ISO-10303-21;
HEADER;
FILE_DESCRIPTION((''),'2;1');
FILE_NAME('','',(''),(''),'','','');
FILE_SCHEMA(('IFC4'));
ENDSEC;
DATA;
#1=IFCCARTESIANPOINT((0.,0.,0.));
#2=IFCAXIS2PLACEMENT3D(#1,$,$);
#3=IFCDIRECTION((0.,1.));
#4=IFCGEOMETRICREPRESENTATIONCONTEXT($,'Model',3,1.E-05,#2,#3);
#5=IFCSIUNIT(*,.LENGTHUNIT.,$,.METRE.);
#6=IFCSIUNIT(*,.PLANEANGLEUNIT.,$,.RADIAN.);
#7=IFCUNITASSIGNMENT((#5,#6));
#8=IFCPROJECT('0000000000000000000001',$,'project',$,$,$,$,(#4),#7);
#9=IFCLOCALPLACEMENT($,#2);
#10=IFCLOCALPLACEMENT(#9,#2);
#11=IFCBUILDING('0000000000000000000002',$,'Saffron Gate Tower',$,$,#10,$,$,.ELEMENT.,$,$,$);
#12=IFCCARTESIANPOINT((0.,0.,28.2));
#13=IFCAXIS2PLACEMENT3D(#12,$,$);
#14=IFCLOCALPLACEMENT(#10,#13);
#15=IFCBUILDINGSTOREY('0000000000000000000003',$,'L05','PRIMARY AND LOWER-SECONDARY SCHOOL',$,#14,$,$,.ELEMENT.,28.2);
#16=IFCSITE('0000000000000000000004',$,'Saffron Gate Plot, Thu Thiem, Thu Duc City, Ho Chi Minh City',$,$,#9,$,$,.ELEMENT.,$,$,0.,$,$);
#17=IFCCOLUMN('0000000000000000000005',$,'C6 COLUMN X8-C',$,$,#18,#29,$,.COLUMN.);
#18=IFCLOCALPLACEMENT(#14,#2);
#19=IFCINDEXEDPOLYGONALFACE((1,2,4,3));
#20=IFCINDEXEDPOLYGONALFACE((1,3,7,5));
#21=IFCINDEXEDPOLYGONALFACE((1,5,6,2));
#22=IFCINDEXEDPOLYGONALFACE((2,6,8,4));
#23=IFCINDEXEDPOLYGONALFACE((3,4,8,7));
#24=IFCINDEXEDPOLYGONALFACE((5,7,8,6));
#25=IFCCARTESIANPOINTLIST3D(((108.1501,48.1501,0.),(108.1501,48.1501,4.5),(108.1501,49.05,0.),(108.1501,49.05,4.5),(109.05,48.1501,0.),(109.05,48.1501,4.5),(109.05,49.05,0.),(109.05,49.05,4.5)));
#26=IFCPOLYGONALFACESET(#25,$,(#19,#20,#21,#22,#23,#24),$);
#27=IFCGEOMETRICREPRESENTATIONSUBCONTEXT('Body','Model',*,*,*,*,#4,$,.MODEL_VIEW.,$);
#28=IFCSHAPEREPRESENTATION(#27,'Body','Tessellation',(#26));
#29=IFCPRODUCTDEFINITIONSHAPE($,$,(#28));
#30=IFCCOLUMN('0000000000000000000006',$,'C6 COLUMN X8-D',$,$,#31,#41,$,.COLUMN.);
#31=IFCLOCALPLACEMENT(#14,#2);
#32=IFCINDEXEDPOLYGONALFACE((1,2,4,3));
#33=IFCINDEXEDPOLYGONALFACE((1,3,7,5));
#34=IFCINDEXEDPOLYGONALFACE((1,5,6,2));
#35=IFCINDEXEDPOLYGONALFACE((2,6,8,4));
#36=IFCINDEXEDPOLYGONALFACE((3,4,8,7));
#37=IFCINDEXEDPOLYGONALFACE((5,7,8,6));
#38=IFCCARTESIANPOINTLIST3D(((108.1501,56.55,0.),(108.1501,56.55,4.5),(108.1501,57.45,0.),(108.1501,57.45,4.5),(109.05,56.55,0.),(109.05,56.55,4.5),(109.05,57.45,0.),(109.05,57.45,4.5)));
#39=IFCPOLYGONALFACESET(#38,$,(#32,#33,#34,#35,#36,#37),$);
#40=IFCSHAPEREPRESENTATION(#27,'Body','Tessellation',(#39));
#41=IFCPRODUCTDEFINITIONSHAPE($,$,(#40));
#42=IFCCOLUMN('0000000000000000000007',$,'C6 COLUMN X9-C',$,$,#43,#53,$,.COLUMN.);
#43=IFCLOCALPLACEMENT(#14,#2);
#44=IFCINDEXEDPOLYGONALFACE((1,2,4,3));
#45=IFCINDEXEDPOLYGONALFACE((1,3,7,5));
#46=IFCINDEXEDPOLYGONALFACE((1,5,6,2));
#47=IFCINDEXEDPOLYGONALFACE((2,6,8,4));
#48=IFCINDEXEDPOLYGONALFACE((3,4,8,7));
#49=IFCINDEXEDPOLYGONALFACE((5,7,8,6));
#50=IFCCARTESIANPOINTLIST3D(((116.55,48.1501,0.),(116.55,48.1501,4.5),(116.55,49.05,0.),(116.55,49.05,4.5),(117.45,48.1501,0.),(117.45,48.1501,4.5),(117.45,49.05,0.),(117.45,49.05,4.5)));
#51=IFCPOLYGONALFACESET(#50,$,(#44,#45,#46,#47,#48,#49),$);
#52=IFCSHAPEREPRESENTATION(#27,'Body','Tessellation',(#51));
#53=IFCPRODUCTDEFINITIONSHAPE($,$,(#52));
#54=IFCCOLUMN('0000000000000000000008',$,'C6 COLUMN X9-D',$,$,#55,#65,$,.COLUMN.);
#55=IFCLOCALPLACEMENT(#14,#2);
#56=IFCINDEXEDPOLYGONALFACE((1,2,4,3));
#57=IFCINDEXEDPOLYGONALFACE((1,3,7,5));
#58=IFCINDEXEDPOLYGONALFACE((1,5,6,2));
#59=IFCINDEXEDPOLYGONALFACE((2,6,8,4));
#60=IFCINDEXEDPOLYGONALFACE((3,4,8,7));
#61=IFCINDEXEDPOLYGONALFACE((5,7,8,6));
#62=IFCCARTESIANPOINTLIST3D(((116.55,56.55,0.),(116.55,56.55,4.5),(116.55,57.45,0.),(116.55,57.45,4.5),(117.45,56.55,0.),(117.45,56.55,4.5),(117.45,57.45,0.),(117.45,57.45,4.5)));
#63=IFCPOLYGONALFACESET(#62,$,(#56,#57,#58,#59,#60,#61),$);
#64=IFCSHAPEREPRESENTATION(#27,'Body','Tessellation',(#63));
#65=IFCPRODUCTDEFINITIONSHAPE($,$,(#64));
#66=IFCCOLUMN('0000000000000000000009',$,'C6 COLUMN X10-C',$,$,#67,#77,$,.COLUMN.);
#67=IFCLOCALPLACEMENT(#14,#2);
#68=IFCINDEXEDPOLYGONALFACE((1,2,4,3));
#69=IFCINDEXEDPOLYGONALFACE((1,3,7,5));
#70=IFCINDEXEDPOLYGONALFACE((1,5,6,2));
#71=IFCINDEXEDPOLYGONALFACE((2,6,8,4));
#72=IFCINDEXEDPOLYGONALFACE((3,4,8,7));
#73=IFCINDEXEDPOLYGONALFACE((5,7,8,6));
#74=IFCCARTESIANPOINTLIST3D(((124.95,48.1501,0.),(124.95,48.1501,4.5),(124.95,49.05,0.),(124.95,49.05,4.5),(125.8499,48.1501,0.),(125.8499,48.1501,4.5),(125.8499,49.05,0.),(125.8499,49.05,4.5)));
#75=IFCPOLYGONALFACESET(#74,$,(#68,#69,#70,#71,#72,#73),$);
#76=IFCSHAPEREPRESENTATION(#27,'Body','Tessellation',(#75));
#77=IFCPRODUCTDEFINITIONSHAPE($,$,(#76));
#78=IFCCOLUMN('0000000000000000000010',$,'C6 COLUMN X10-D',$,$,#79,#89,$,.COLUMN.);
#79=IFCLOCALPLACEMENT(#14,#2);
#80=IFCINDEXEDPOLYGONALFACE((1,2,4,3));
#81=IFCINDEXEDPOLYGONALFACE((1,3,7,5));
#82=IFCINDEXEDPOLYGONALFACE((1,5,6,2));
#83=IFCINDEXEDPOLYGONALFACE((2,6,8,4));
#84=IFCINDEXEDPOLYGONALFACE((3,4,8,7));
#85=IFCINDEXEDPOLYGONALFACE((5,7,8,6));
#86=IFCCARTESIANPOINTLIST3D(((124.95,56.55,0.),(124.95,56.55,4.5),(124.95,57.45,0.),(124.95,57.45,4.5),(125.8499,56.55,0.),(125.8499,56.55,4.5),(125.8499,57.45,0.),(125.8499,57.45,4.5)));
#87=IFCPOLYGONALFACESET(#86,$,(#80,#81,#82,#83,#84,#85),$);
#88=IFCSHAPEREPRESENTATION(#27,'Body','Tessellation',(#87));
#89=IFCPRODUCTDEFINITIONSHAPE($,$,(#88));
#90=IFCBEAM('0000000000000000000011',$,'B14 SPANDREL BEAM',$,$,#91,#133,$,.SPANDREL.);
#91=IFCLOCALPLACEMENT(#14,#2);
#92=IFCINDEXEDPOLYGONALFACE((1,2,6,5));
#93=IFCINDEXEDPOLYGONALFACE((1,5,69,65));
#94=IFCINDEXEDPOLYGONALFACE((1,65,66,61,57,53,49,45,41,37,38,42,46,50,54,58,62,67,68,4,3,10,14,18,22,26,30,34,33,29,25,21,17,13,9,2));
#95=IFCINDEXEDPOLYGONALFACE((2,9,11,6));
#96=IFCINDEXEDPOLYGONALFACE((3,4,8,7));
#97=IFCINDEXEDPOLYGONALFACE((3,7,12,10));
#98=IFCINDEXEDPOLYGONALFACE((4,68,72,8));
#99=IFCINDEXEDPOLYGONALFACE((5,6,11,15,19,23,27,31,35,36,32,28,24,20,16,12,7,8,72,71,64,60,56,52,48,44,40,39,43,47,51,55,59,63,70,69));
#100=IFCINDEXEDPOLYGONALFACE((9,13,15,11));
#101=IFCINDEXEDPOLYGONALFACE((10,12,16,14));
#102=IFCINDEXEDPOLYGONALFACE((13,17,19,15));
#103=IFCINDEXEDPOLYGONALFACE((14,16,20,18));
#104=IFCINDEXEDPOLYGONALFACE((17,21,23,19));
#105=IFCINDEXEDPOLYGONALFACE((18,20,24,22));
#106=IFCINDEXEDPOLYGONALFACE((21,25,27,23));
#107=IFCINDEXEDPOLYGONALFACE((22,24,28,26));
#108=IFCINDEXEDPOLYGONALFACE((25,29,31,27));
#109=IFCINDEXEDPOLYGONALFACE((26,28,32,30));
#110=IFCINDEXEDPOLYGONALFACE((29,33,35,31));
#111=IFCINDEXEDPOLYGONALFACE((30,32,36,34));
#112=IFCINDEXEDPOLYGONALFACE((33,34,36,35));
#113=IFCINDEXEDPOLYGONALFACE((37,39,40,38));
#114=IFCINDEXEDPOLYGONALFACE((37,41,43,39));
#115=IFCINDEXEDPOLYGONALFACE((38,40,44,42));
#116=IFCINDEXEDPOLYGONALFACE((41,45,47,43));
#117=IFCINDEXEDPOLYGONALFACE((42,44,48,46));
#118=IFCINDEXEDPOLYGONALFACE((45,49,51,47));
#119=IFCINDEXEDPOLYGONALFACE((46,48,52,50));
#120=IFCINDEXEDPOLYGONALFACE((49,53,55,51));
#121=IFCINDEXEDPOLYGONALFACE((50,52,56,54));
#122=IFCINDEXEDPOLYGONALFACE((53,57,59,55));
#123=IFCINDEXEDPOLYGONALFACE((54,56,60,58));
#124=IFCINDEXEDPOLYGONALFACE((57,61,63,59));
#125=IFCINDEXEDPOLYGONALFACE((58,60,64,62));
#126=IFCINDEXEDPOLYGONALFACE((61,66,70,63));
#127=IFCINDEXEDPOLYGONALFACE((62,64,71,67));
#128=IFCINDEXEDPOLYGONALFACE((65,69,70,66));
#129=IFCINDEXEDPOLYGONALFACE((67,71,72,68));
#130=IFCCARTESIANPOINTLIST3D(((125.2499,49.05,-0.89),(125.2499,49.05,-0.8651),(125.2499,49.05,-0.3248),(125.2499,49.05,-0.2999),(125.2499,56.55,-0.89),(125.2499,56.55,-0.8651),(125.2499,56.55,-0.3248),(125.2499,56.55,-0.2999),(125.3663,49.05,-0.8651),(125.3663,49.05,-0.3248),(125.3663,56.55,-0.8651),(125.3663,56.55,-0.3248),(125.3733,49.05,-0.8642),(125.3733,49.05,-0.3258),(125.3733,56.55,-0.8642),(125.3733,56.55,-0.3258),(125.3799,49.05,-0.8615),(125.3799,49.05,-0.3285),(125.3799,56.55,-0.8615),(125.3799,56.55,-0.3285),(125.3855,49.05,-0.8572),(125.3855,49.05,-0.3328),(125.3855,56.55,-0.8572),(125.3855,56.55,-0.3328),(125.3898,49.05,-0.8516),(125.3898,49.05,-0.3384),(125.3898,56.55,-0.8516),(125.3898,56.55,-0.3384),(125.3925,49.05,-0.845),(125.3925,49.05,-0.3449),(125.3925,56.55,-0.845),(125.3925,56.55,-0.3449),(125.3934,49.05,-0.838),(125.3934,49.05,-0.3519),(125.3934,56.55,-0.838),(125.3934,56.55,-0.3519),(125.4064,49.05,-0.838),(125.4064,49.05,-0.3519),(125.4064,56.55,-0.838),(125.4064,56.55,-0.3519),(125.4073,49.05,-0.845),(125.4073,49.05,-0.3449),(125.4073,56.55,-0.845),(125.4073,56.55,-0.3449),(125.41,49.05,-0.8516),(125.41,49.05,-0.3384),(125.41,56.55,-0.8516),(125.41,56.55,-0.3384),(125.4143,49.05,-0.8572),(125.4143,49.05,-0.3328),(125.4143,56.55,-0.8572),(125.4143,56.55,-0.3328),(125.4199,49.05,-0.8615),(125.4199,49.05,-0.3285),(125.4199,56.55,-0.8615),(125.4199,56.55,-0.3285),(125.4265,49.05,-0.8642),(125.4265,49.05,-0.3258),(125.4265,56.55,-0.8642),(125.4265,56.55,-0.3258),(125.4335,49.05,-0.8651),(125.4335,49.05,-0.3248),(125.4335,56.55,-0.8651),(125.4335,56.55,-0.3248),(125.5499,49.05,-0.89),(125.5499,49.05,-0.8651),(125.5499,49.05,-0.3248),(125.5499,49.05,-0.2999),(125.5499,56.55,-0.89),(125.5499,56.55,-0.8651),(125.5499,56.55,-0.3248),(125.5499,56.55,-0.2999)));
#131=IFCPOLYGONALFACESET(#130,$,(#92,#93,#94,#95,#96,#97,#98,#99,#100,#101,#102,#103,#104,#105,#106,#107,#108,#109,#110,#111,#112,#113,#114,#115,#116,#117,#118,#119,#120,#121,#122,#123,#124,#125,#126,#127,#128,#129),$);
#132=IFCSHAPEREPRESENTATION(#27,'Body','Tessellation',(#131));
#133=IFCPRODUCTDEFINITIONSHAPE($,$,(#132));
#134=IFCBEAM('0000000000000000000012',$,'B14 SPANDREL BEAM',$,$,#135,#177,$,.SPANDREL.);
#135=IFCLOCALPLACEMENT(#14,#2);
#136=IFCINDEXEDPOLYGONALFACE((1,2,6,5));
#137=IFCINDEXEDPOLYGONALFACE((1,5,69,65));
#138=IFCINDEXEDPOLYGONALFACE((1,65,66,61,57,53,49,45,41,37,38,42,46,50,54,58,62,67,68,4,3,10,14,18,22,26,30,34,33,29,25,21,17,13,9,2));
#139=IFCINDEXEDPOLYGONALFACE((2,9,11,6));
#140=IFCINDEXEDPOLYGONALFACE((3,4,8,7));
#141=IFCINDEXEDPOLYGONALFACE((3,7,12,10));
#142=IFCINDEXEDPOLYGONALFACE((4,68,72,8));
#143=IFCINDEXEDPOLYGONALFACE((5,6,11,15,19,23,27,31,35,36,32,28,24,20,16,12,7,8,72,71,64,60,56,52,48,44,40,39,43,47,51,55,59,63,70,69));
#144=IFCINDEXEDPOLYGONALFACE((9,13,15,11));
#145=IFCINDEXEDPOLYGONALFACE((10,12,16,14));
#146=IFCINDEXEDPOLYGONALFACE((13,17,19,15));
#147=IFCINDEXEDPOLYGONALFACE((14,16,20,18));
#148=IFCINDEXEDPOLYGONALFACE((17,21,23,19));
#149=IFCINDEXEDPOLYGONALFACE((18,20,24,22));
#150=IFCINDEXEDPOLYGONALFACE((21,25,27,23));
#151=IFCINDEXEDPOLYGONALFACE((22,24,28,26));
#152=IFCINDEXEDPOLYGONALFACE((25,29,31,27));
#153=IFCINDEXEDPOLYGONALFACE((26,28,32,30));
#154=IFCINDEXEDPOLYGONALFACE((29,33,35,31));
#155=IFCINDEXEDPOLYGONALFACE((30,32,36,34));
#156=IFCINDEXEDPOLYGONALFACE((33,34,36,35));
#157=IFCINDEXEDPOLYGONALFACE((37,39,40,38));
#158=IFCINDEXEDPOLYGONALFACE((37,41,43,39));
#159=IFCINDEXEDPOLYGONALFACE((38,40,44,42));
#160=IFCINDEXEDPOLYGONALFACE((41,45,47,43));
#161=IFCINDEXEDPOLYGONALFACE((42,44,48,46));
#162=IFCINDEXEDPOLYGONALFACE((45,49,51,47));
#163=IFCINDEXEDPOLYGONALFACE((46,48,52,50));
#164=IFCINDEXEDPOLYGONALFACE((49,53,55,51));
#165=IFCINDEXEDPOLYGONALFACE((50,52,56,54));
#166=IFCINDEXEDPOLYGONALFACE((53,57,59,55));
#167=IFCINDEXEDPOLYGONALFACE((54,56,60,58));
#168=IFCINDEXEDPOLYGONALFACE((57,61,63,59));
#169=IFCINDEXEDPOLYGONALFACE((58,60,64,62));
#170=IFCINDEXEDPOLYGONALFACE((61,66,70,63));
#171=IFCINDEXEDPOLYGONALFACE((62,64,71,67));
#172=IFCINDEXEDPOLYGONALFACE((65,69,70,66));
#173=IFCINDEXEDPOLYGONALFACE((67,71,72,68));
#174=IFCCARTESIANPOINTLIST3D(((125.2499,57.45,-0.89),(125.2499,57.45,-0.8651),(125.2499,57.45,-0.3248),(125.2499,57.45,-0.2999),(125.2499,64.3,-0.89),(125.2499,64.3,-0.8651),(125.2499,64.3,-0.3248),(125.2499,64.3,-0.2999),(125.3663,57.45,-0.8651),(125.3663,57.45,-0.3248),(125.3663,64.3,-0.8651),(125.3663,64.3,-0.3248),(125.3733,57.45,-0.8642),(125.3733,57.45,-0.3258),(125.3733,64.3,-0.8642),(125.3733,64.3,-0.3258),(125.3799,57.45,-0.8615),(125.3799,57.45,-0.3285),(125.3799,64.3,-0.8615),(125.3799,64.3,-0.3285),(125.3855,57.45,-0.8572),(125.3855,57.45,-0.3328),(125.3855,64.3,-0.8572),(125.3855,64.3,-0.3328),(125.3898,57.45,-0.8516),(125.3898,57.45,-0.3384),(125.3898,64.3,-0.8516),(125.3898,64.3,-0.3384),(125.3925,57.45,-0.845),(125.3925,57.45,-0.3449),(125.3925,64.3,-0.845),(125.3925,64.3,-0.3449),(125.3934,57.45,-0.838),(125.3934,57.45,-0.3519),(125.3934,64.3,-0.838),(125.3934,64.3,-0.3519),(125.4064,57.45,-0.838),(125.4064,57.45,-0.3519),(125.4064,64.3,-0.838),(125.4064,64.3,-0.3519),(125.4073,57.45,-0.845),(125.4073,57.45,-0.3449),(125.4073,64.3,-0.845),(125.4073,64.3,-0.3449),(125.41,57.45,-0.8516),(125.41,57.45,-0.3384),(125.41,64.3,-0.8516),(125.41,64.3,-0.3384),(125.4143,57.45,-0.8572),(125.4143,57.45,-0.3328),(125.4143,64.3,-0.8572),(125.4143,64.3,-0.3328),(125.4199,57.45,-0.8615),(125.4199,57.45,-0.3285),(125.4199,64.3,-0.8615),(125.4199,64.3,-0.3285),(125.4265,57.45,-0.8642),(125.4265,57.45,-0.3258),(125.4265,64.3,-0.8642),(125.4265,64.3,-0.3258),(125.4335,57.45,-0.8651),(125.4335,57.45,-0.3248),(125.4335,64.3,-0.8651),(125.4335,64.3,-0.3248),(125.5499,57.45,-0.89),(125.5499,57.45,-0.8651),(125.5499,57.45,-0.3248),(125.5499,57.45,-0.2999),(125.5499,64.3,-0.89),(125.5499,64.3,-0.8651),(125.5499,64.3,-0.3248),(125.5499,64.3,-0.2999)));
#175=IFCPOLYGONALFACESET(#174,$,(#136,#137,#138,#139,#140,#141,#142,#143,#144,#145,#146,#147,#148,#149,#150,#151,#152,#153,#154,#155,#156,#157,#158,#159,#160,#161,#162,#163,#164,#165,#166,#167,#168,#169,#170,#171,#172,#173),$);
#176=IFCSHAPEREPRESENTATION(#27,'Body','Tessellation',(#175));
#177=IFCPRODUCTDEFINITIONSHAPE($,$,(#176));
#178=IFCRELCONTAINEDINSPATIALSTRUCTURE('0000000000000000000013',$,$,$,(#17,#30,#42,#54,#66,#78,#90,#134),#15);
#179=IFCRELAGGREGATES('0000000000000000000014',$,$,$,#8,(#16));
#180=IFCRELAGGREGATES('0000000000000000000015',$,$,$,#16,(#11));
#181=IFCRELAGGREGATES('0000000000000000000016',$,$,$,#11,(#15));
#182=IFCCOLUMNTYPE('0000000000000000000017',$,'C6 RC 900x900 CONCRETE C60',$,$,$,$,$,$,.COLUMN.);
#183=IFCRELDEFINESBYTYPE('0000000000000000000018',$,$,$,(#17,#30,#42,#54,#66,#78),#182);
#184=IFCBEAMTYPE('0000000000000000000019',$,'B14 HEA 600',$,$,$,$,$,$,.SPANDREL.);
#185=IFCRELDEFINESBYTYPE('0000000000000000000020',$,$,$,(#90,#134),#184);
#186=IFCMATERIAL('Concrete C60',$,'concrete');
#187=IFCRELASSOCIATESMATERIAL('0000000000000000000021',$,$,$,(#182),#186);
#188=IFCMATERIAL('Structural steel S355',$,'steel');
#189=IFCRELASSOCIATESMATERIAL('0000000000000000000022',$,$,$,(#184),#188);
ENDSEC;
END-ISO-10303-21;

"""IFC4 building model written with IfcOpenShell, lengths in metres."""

from ifc_helpers import new_model, si_unit, direction, frame, origin, origin_2d, place, context, subcontext, project, spatial, rectangle, i_section, extrude, material, material_profile, profile_set, type_object, element, save


model = new_model("IFC4")

# Units and contexts
model_context = context("Model", 3, precision=1e-05, world=origin(), true_north=direction((0.0, 1.0)))
body_context = subcontext(model_context, "Body", "Model", "MODEL_VIEW")
ifc_project = project(units=[si_unit("LENGTHUNIT", "METRE"), si_unit("PLANEANGLEUNIT", "RADIAN")], contexts=[model_context])

# Site, building, storey
site_placement = place(None, origin())
site = spatial("IfcSite", under=ifc_project, at=site_placement, Name="Saffron Gate Plot, Thu Thiem, Thu Duc City, Ho Chi Minh City", CompositionType="ELEMENT", RefElevation=0.0)
building_placement = place(site_placement, origin())
building = spatial("IfcBuilding", under=site, at=building_placement, Name="Saffron Gate Tower", CompositionType="ELEMENT")
storey_placement = place(building_placement, frame((0.0, 0.0, 28.2)))
storey = spatial("IfcBuildingStorey", under=building, at=storey_placement, Name="L05", Description="PRIMARY AND LOWER-SECONDARY SCHOOL", CompositionType="ELEMENT", Elevation=28.2)

# Columns
ifc_material_1 = material(Name="Concrete C60", Category="concrete")
ifc_material_profile_1 = material_profile(ifc_material_1, rectangle(XDim=0.8999, YDim=0.8999, at=origin_2d()))
ifc_profile_set_1 = profile_set([ifc_material_profile_1], Name="Concrete C60")
column_type = type_object("IfcColumnType", Name="C6 RC 900x900 CONCRETE C60", PredefinedType="COLUMN", material=ifc_profile_set_1)
for number, where, z_axis, x_axis, name in (
    (1, (108.6001, 48.6001, 0.0), (0.0, 0.0, 1.0), (1.0, 0.0, 0.0), "C6 COLUMN X8-C"),
    (2, (108.6001, 57.0, 0.0), (0.0, 0.0, 1.0), (1.0, 0.0, 0.0), "C6 COLUMN X8-D"),
    (3, (117.0, 48.6001, 0.0), (0.0, 0.0, 1.0), (1.0, 0.0, 0.0), "C6 COLUMN X9-C"),
    (4, (117.0, 57.0, 0.0), (0.0, 0.0, 1.0), (1.0, 0.0, 0.0), "C6 COLUMN X9-D"),
    (5, (125.3999, 48.6001, 0.0), (0.0, 0.0, 1.0), (1.0, 0.0, 0.0), "C6 COLUMN X10-C"),
    (6, (125.3999, 57.0, 0.0), (0.0, 0.0, 1.0), (1.0, 0.0, 0.0), "C6 COLUMN X10-D"),
):
    element("IfcColumn", number, at=place(storey_placement, frame(where, z_axis=z_axis, x_axis=x_axis)), inside=storey, type_object=column_type, Name=name, PredefinedType="COLUMN", context=body_context, shape_type="SweptSolid", body=[
        extrude(rectangle(XDim=0.8999, YDim=0.8999, at=origin_2d()), origin(), (0.0, 0.0, 1.0), 4.5),
    ])

# Beams
ifc_material_2 = material(Name="Structural steel S355", Category="steel")
ifc_material_profile_2 = material_profile(ifc_material_2, i_section(OverallWidth=0.3, OverallDepth=0.5901, WebThickness=0.0129, FlangeThickness=0.0249, FilletRadius=0.0271, at=origin_2d()))
ifc_profile_set_2 = profile_set([ifc_material_profile_2], Name="Structural steel S355")
beam_type_1 = type_object("IfcBeamType", Name="B14 HEA 600", PredefinedType="SPANDREL", material=ifc_profile_set_2)
beam_1_placement = place(storey_placement, frame((125.3999, 49.05, -0.595), z_axis=(0.0, 1.0, 0.0), x_axis=(-1.0, 0.0, 0.0)))
element("IfcBeam", 7, at=beam_1_placement, inside=storey, type_object=beam_type_1, Name="B14 SPANDREL BEAM", PredefinedType="SPANDREL", context=body_context, shape_type="SweptSolid", body=[
    extrude(i_section(OverallWidth=0.3, OverallDepth=0.5901, WebThickness=0.0129, FlangeThickness=0.0249, FilletRadius=0.0271, at=origin_2d()), origin(), (0.0, 0.0, 1.0), 7.5),
])
beam_2_placement = place(storey_placement, frame((125.3999, 57.45, -0.595), z_axis=(0.0, 1.0, 0.0), x_axis=(-1.0, 0.0, 0.0)))
element("IfcBeam", 8, at=beam_2_placement, inside=storey, type_object=beam_type_1, Name="B14 SPANDREL BEAM", PredefinedType="SPANDREL", context=body_context, shape_type="SweptSolid", body=[
    extrude(i_section(OverallWidth=0.3, OverallDepth=0.5901, WebThickness=0.0129, FlangeThickness=0.0249, FilletRadius=0.0271, at=origin_2d()), origin(), (0.0, 0.0, 1.0), 6.8501),
])

save(model, "model.ifc")
